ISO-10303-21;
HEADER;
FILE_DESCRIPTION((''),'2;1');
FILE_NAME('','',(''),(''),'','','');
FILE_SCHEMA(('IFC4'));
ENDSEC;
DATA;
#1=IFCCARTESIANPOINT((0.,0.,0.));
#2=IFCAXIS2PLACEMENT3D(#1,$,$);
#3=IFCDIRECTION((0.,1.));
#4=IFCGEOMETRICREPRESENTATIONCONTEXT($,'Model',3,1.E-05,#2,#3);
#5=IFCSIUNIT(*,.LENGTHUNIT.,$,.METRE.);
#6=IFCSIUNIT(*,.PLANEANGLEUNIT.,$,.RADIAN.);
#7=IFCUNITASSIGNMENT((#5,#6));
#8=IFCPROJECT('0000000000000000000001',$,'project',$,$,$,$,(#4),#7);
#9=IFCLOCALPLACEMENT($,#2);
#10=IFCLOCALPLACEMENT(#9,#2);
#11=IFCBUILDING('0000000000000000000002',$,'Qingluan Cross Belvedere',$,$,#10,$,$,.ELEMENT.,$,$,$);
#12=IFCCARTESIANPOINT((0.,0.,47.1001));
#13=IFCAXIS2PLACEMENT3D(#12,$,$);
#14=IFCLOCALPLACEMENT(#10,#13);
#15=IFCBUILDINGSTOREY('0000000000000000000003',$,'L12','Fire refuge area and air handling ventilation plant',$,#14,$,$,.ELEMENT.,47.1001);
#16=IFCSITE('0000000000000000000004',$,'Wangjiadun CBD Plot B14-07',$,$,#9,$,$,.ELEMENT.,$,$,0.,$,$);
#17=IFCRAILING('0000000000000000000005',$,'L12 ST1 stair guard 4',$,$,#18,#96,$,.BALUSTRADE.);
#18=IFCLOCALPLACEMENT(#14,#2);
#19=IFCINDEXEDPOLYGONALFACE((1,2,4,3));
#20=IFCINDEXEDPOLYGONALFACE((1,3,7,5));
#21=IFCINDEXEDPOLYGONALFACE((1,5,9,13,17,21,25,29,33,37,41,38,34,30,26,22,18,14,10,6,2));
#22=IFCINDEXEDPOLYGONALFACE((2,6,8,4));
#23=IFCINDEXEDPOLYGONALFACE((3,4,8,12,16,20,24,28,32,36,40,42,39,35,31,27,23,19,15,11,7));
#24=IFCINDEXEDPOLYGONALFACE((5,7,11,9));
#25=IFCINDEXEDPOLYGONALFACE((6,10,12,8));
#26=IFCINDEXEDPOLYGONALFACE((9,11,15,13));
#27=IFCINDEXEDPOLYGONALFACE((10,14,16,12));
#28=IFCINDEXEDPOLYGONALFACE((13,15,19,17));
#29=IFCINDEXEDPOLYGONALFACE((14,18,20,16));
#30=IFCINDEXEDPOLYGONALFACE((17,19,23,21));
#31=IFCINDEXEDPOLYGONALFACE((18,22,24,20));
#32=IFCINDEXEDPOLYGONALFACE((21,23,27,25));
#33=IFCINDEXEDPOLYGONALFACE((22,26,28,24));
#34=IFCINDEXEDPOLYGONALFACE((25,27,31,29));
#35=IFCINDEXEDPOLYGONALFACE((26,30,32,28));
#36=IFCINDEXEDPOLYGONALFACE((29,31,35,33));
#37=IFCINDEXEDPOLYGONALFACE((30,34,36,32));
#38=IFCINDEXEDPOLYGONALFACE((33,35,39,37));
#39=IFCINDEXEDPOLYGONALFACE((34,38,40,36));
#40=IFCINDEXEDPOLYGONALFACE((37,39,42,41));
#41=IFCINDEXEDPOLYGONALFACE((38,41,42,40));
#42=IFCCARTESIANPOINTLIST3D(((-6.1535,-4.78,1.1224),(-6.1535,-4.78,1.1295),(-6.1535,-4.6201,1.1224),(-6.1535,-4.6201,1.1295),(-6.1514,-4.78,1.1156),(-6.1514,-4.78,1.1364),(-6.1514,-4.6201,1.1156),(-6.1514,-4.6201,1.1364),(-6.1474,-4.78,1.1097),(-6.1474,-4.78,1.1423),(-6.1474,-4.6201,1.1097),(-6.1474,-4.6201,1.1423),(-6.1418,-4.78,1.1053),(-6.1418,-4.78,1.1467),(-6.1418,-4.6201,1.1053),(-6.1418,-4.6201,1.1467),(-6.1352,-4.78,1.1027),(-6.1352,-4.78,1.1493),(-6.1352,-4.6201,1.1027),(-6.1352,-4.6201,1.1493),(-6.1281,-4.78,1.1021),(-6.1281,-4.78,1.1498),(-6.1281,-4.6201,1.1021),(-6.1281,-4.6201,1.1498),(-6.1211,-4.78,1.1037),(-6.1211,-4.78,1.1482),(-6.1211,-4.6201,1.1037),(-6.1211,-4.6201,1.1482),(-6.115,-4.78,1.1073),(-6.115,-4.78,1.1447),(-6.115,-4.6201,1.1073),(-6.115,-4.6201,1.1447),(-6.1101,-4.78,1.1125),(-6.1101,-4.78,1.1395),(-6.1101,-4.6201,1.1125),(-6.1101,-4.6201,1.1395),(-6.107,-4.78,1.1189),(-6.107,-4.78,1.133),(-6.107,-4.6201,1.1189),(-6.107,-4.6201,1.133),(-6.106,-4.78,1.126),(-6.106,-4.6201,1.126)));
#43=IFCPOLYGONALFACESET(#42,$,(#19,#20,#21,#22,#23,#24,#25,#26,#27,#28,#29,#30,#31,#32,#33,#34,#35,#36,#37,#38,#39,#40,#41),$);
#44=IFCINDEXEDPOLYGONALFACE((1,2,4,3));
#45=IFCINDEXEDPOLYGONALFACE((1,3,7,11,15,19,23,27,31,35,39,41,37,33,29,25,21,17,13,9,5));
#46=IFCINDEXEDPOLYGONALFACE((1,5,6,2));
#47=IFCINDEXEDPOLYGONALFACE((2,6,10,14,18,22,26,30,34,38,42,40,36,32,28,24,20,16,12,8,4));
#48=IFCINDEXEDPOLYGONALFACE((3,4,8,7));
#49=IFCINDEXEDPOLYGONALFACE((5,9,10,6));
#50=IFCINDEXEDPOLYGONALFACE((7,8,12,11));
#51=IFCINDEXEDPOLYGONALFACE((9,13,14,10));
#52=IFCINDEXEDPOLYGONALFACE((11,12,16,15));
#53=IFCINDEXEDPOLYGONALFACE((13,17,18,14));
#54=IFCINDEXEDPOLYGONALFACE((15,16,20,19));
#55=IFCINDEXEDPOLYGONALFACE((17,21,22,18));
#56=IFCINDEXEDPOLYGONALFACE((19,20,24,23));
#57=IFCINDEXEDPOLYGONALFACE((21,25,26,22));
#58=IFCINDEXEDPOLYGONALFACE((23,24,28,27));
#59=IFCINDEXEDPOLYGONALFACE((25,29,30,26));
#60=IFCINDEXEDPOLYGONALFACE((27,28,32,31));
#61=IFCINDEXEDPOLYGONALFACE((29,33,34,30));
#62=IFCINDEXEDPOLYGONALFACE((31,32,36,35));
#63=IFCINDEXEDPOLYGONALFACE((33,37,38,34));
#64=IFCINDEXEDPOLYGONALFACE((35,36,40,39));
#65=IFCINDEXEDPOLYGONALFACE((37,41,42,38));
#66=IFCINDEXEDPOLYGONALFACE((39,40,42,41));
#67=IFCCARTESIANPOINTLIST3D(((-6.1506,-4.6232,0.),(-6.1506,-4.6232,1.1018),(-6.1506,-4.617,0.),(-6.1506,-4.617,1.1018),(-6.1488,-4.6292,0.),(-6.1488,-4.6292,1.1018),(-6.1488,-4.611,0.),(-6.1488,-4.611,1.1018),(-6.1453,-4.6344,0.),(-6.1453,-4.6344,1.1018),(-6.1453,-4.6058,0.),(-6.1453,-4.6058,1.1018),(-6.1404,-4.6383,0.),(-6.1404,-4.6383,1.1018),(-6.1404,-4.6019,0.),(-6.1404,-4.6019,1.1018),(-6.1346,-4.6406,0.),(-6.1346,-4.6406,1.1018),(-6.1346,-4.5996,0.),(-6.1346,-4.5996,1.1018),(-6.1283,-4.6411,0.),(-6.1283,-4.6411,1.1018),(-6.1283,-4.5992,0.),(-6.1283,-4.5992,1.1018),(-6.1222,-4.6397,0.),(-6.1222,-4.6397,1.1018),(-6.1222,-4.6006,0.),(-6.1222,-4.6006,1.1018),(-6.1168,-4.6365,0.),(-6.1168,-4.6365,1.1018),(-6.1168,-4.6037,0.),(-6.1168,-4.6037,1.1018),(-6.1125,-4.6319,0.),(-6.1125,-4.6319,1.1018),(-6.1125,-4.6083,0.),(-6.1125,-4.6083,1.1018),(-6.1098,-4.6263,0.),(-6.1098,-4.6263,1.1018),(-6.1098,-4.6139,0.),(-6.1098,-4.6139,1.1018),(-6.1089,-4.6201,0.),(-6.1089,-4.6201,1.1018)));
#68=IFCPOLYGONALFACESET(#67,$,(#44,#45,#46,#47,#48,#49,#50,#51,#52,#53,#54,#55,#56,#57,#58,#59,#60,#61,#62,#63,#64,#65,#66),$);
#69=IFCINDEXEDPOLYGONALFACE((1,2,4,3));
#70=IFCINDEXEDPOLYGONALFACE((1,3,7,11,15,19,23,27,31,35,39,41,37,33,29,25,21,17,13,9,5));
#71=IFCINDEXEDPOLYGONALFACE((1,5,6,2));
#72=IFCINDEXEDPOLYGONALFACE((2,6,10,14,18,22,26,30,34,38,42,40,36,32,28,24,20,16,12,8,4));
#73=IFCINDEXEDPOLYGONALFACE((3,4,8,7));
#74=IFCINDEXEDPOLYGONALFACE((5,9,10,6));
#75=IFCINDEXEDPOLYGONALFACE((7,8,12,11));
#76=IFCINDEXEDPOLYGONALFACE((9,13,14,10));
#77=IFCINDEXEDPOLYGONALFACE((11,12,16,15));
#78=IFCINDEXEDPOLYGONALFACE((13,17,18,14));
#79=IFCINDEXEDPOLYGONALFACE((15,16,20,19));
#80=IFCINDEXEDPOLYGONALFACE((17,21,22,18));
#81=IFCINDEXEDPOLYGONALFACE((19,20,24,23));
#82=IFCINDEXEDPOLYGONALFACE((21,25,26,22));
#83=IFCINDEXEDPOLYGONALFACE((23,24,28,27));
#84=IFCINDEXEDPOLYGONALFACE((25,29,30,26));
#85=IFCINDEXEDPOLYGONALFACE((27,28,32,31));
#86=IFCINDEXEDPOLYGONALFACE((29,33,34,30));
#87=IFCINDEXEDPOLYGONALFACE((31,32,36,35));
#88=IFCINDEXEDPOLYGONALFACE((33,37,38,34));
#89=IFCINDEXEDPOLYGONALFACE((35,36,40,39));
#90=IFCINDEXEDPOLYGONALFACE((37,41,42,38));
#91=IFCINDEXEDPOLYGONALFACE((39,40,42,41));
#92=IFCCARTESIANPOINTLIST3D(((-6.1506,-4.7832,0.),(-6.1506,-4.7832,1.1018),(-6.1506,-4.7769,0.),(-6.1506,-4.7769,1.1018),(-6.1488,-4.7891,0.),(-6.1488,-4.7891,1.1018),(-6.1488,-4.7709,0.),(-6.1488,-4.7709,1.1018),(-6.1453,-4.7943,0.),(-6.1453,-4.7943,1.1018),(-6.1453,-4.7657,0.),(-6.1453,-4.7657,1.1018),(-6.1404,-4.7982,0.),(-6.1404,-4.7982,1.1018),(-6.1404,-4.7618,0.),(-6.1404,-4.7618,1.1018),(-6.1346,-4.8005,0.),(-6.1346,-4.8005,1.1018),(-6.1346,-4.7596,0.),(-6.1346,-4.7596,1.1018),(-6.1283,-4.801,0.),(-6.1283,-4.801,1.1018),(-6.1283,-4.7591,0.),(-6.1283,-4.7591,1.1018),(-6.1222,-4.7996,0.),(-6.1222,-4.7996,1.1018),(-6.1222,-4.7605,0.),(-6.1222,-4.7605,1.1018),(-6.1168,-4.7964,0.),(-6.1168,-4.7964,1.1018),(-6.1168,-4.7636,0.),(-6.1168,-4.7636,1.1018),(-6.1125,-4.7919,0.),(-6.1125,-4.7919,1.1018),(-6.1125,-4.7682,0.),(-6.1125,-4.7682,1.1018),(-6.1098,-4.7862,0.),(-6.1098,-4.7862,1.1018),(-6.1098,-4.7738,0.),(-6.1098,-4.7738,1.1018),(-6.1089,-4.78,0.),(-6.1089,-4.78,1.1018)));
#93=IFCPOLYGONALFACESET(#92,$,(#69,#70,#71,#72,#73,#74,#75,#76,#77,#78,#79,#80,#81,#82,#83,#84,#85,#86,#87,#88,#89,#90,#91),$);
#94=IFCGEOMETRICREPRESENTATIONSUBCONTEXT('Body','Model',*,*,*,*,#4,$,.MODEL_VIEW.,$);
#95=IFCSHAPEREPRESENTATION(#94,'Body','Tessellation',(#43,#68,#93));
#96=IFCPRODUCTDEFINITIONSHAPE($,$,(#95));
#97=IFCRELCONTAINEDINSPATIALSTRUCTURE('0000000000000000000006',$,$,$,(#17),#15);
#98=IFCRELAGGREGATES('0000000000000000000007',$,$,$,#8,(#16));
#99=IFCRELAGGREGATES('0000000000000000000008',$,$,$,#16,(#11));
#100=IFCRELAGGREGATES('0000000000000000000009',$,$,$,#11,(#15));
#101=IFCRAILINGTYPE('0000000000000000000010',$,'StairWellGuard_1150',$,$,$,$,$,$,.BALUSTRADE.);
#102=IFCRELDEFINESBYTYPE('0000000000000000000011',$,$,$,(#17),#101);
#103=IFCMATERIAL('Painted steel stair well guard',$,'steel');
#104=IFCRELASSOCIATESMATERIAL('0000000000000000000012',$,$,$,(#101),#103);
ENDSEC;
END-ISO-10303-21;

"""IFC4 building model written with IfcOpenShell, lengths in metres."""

from ifc_helpers import new_model, si_unit, direction, frame, origin, origin_2d, place, context, subcontext, project, spatial, circle, extrude, material, type_object, element, save


model = new_model("IFC4")

# Units and contexts
model_context = context("Model", 3, precision=1e-05, world=origin(), true_north=direction((0.0, 1.0)))
body_context = subcontext(model_context, "Body", "Model", "MODEL_VIEW")
ifc_project = project(units=[si_unit("LENGTHUNIT", "METRE"), si_unit("PLANEANGLEUNIT", "RADIAN")], contexts=[model_context])

# Site, building, storey
site_placement = place(None, origin())
site = spatial("IfcSite", under=ifc_project, at=site_placement, Name="Wangjiadun CBD Plot B14-07", CompositionType="ELEMENT", RefElevation=0.0)
building_placement = place(site_placement, origin())
building = spatial("IfcBuilding", under=site, at=building_placement, Name="Qingluan Cross Belvedere", CompositionType="ELEMENT")
storey_placement = place(building_placement, frame((0.0, 0.0, 47.1001)))
storey = spatial("IfcBuildingStorey", under=building, at=storey_placement, Name="L12", Description="Fire refuge area and air handling ventilation plant", CompositionType="ELEMENT", Elevation=47.1001)

# Railing
ifc_material_1 = material(Name="Painted steel stair well guard", Category="steel")
railing_type_1 = type_object("IfcRailingType", Name="StairWellGuard_1150", PredefinedType="BALUSTRADE", material=ifc_material_1)
railing_1_placement = place(storey_placement, frame((-6.1299, -4.6201, 0.0)))
element("IfcRailing", 1, at=railing_1_placement, inside=storey, type_object=railing_type_1, Name="L12 ST1 stair guard 4", PredefinedType="BALUSTRADE", context=body_context, shape_type="SweptSolid", body=[
    extrude(circle(Radius=0.0239, at=origin_2d()), frame((0.0, 0.0, 1.126), z_axis=(0.0, -1.0, 0.0), x_axis=(1.0, 0.0, 0.0)), (0.0, 0.0, 1.0), 0.1599),
    extrude(circle(Radius=0.021, at=origin_2d()), origin(), (0.0, 0.0, 1.0), 1.1018),
    extrude(circle(Radius=0.021, at=origin_2d()), frame((0.0, -0.1599, 0.0)), (0.0, 0.0, 1.0), 1.1018),
])

save(model, "model.ifc")
